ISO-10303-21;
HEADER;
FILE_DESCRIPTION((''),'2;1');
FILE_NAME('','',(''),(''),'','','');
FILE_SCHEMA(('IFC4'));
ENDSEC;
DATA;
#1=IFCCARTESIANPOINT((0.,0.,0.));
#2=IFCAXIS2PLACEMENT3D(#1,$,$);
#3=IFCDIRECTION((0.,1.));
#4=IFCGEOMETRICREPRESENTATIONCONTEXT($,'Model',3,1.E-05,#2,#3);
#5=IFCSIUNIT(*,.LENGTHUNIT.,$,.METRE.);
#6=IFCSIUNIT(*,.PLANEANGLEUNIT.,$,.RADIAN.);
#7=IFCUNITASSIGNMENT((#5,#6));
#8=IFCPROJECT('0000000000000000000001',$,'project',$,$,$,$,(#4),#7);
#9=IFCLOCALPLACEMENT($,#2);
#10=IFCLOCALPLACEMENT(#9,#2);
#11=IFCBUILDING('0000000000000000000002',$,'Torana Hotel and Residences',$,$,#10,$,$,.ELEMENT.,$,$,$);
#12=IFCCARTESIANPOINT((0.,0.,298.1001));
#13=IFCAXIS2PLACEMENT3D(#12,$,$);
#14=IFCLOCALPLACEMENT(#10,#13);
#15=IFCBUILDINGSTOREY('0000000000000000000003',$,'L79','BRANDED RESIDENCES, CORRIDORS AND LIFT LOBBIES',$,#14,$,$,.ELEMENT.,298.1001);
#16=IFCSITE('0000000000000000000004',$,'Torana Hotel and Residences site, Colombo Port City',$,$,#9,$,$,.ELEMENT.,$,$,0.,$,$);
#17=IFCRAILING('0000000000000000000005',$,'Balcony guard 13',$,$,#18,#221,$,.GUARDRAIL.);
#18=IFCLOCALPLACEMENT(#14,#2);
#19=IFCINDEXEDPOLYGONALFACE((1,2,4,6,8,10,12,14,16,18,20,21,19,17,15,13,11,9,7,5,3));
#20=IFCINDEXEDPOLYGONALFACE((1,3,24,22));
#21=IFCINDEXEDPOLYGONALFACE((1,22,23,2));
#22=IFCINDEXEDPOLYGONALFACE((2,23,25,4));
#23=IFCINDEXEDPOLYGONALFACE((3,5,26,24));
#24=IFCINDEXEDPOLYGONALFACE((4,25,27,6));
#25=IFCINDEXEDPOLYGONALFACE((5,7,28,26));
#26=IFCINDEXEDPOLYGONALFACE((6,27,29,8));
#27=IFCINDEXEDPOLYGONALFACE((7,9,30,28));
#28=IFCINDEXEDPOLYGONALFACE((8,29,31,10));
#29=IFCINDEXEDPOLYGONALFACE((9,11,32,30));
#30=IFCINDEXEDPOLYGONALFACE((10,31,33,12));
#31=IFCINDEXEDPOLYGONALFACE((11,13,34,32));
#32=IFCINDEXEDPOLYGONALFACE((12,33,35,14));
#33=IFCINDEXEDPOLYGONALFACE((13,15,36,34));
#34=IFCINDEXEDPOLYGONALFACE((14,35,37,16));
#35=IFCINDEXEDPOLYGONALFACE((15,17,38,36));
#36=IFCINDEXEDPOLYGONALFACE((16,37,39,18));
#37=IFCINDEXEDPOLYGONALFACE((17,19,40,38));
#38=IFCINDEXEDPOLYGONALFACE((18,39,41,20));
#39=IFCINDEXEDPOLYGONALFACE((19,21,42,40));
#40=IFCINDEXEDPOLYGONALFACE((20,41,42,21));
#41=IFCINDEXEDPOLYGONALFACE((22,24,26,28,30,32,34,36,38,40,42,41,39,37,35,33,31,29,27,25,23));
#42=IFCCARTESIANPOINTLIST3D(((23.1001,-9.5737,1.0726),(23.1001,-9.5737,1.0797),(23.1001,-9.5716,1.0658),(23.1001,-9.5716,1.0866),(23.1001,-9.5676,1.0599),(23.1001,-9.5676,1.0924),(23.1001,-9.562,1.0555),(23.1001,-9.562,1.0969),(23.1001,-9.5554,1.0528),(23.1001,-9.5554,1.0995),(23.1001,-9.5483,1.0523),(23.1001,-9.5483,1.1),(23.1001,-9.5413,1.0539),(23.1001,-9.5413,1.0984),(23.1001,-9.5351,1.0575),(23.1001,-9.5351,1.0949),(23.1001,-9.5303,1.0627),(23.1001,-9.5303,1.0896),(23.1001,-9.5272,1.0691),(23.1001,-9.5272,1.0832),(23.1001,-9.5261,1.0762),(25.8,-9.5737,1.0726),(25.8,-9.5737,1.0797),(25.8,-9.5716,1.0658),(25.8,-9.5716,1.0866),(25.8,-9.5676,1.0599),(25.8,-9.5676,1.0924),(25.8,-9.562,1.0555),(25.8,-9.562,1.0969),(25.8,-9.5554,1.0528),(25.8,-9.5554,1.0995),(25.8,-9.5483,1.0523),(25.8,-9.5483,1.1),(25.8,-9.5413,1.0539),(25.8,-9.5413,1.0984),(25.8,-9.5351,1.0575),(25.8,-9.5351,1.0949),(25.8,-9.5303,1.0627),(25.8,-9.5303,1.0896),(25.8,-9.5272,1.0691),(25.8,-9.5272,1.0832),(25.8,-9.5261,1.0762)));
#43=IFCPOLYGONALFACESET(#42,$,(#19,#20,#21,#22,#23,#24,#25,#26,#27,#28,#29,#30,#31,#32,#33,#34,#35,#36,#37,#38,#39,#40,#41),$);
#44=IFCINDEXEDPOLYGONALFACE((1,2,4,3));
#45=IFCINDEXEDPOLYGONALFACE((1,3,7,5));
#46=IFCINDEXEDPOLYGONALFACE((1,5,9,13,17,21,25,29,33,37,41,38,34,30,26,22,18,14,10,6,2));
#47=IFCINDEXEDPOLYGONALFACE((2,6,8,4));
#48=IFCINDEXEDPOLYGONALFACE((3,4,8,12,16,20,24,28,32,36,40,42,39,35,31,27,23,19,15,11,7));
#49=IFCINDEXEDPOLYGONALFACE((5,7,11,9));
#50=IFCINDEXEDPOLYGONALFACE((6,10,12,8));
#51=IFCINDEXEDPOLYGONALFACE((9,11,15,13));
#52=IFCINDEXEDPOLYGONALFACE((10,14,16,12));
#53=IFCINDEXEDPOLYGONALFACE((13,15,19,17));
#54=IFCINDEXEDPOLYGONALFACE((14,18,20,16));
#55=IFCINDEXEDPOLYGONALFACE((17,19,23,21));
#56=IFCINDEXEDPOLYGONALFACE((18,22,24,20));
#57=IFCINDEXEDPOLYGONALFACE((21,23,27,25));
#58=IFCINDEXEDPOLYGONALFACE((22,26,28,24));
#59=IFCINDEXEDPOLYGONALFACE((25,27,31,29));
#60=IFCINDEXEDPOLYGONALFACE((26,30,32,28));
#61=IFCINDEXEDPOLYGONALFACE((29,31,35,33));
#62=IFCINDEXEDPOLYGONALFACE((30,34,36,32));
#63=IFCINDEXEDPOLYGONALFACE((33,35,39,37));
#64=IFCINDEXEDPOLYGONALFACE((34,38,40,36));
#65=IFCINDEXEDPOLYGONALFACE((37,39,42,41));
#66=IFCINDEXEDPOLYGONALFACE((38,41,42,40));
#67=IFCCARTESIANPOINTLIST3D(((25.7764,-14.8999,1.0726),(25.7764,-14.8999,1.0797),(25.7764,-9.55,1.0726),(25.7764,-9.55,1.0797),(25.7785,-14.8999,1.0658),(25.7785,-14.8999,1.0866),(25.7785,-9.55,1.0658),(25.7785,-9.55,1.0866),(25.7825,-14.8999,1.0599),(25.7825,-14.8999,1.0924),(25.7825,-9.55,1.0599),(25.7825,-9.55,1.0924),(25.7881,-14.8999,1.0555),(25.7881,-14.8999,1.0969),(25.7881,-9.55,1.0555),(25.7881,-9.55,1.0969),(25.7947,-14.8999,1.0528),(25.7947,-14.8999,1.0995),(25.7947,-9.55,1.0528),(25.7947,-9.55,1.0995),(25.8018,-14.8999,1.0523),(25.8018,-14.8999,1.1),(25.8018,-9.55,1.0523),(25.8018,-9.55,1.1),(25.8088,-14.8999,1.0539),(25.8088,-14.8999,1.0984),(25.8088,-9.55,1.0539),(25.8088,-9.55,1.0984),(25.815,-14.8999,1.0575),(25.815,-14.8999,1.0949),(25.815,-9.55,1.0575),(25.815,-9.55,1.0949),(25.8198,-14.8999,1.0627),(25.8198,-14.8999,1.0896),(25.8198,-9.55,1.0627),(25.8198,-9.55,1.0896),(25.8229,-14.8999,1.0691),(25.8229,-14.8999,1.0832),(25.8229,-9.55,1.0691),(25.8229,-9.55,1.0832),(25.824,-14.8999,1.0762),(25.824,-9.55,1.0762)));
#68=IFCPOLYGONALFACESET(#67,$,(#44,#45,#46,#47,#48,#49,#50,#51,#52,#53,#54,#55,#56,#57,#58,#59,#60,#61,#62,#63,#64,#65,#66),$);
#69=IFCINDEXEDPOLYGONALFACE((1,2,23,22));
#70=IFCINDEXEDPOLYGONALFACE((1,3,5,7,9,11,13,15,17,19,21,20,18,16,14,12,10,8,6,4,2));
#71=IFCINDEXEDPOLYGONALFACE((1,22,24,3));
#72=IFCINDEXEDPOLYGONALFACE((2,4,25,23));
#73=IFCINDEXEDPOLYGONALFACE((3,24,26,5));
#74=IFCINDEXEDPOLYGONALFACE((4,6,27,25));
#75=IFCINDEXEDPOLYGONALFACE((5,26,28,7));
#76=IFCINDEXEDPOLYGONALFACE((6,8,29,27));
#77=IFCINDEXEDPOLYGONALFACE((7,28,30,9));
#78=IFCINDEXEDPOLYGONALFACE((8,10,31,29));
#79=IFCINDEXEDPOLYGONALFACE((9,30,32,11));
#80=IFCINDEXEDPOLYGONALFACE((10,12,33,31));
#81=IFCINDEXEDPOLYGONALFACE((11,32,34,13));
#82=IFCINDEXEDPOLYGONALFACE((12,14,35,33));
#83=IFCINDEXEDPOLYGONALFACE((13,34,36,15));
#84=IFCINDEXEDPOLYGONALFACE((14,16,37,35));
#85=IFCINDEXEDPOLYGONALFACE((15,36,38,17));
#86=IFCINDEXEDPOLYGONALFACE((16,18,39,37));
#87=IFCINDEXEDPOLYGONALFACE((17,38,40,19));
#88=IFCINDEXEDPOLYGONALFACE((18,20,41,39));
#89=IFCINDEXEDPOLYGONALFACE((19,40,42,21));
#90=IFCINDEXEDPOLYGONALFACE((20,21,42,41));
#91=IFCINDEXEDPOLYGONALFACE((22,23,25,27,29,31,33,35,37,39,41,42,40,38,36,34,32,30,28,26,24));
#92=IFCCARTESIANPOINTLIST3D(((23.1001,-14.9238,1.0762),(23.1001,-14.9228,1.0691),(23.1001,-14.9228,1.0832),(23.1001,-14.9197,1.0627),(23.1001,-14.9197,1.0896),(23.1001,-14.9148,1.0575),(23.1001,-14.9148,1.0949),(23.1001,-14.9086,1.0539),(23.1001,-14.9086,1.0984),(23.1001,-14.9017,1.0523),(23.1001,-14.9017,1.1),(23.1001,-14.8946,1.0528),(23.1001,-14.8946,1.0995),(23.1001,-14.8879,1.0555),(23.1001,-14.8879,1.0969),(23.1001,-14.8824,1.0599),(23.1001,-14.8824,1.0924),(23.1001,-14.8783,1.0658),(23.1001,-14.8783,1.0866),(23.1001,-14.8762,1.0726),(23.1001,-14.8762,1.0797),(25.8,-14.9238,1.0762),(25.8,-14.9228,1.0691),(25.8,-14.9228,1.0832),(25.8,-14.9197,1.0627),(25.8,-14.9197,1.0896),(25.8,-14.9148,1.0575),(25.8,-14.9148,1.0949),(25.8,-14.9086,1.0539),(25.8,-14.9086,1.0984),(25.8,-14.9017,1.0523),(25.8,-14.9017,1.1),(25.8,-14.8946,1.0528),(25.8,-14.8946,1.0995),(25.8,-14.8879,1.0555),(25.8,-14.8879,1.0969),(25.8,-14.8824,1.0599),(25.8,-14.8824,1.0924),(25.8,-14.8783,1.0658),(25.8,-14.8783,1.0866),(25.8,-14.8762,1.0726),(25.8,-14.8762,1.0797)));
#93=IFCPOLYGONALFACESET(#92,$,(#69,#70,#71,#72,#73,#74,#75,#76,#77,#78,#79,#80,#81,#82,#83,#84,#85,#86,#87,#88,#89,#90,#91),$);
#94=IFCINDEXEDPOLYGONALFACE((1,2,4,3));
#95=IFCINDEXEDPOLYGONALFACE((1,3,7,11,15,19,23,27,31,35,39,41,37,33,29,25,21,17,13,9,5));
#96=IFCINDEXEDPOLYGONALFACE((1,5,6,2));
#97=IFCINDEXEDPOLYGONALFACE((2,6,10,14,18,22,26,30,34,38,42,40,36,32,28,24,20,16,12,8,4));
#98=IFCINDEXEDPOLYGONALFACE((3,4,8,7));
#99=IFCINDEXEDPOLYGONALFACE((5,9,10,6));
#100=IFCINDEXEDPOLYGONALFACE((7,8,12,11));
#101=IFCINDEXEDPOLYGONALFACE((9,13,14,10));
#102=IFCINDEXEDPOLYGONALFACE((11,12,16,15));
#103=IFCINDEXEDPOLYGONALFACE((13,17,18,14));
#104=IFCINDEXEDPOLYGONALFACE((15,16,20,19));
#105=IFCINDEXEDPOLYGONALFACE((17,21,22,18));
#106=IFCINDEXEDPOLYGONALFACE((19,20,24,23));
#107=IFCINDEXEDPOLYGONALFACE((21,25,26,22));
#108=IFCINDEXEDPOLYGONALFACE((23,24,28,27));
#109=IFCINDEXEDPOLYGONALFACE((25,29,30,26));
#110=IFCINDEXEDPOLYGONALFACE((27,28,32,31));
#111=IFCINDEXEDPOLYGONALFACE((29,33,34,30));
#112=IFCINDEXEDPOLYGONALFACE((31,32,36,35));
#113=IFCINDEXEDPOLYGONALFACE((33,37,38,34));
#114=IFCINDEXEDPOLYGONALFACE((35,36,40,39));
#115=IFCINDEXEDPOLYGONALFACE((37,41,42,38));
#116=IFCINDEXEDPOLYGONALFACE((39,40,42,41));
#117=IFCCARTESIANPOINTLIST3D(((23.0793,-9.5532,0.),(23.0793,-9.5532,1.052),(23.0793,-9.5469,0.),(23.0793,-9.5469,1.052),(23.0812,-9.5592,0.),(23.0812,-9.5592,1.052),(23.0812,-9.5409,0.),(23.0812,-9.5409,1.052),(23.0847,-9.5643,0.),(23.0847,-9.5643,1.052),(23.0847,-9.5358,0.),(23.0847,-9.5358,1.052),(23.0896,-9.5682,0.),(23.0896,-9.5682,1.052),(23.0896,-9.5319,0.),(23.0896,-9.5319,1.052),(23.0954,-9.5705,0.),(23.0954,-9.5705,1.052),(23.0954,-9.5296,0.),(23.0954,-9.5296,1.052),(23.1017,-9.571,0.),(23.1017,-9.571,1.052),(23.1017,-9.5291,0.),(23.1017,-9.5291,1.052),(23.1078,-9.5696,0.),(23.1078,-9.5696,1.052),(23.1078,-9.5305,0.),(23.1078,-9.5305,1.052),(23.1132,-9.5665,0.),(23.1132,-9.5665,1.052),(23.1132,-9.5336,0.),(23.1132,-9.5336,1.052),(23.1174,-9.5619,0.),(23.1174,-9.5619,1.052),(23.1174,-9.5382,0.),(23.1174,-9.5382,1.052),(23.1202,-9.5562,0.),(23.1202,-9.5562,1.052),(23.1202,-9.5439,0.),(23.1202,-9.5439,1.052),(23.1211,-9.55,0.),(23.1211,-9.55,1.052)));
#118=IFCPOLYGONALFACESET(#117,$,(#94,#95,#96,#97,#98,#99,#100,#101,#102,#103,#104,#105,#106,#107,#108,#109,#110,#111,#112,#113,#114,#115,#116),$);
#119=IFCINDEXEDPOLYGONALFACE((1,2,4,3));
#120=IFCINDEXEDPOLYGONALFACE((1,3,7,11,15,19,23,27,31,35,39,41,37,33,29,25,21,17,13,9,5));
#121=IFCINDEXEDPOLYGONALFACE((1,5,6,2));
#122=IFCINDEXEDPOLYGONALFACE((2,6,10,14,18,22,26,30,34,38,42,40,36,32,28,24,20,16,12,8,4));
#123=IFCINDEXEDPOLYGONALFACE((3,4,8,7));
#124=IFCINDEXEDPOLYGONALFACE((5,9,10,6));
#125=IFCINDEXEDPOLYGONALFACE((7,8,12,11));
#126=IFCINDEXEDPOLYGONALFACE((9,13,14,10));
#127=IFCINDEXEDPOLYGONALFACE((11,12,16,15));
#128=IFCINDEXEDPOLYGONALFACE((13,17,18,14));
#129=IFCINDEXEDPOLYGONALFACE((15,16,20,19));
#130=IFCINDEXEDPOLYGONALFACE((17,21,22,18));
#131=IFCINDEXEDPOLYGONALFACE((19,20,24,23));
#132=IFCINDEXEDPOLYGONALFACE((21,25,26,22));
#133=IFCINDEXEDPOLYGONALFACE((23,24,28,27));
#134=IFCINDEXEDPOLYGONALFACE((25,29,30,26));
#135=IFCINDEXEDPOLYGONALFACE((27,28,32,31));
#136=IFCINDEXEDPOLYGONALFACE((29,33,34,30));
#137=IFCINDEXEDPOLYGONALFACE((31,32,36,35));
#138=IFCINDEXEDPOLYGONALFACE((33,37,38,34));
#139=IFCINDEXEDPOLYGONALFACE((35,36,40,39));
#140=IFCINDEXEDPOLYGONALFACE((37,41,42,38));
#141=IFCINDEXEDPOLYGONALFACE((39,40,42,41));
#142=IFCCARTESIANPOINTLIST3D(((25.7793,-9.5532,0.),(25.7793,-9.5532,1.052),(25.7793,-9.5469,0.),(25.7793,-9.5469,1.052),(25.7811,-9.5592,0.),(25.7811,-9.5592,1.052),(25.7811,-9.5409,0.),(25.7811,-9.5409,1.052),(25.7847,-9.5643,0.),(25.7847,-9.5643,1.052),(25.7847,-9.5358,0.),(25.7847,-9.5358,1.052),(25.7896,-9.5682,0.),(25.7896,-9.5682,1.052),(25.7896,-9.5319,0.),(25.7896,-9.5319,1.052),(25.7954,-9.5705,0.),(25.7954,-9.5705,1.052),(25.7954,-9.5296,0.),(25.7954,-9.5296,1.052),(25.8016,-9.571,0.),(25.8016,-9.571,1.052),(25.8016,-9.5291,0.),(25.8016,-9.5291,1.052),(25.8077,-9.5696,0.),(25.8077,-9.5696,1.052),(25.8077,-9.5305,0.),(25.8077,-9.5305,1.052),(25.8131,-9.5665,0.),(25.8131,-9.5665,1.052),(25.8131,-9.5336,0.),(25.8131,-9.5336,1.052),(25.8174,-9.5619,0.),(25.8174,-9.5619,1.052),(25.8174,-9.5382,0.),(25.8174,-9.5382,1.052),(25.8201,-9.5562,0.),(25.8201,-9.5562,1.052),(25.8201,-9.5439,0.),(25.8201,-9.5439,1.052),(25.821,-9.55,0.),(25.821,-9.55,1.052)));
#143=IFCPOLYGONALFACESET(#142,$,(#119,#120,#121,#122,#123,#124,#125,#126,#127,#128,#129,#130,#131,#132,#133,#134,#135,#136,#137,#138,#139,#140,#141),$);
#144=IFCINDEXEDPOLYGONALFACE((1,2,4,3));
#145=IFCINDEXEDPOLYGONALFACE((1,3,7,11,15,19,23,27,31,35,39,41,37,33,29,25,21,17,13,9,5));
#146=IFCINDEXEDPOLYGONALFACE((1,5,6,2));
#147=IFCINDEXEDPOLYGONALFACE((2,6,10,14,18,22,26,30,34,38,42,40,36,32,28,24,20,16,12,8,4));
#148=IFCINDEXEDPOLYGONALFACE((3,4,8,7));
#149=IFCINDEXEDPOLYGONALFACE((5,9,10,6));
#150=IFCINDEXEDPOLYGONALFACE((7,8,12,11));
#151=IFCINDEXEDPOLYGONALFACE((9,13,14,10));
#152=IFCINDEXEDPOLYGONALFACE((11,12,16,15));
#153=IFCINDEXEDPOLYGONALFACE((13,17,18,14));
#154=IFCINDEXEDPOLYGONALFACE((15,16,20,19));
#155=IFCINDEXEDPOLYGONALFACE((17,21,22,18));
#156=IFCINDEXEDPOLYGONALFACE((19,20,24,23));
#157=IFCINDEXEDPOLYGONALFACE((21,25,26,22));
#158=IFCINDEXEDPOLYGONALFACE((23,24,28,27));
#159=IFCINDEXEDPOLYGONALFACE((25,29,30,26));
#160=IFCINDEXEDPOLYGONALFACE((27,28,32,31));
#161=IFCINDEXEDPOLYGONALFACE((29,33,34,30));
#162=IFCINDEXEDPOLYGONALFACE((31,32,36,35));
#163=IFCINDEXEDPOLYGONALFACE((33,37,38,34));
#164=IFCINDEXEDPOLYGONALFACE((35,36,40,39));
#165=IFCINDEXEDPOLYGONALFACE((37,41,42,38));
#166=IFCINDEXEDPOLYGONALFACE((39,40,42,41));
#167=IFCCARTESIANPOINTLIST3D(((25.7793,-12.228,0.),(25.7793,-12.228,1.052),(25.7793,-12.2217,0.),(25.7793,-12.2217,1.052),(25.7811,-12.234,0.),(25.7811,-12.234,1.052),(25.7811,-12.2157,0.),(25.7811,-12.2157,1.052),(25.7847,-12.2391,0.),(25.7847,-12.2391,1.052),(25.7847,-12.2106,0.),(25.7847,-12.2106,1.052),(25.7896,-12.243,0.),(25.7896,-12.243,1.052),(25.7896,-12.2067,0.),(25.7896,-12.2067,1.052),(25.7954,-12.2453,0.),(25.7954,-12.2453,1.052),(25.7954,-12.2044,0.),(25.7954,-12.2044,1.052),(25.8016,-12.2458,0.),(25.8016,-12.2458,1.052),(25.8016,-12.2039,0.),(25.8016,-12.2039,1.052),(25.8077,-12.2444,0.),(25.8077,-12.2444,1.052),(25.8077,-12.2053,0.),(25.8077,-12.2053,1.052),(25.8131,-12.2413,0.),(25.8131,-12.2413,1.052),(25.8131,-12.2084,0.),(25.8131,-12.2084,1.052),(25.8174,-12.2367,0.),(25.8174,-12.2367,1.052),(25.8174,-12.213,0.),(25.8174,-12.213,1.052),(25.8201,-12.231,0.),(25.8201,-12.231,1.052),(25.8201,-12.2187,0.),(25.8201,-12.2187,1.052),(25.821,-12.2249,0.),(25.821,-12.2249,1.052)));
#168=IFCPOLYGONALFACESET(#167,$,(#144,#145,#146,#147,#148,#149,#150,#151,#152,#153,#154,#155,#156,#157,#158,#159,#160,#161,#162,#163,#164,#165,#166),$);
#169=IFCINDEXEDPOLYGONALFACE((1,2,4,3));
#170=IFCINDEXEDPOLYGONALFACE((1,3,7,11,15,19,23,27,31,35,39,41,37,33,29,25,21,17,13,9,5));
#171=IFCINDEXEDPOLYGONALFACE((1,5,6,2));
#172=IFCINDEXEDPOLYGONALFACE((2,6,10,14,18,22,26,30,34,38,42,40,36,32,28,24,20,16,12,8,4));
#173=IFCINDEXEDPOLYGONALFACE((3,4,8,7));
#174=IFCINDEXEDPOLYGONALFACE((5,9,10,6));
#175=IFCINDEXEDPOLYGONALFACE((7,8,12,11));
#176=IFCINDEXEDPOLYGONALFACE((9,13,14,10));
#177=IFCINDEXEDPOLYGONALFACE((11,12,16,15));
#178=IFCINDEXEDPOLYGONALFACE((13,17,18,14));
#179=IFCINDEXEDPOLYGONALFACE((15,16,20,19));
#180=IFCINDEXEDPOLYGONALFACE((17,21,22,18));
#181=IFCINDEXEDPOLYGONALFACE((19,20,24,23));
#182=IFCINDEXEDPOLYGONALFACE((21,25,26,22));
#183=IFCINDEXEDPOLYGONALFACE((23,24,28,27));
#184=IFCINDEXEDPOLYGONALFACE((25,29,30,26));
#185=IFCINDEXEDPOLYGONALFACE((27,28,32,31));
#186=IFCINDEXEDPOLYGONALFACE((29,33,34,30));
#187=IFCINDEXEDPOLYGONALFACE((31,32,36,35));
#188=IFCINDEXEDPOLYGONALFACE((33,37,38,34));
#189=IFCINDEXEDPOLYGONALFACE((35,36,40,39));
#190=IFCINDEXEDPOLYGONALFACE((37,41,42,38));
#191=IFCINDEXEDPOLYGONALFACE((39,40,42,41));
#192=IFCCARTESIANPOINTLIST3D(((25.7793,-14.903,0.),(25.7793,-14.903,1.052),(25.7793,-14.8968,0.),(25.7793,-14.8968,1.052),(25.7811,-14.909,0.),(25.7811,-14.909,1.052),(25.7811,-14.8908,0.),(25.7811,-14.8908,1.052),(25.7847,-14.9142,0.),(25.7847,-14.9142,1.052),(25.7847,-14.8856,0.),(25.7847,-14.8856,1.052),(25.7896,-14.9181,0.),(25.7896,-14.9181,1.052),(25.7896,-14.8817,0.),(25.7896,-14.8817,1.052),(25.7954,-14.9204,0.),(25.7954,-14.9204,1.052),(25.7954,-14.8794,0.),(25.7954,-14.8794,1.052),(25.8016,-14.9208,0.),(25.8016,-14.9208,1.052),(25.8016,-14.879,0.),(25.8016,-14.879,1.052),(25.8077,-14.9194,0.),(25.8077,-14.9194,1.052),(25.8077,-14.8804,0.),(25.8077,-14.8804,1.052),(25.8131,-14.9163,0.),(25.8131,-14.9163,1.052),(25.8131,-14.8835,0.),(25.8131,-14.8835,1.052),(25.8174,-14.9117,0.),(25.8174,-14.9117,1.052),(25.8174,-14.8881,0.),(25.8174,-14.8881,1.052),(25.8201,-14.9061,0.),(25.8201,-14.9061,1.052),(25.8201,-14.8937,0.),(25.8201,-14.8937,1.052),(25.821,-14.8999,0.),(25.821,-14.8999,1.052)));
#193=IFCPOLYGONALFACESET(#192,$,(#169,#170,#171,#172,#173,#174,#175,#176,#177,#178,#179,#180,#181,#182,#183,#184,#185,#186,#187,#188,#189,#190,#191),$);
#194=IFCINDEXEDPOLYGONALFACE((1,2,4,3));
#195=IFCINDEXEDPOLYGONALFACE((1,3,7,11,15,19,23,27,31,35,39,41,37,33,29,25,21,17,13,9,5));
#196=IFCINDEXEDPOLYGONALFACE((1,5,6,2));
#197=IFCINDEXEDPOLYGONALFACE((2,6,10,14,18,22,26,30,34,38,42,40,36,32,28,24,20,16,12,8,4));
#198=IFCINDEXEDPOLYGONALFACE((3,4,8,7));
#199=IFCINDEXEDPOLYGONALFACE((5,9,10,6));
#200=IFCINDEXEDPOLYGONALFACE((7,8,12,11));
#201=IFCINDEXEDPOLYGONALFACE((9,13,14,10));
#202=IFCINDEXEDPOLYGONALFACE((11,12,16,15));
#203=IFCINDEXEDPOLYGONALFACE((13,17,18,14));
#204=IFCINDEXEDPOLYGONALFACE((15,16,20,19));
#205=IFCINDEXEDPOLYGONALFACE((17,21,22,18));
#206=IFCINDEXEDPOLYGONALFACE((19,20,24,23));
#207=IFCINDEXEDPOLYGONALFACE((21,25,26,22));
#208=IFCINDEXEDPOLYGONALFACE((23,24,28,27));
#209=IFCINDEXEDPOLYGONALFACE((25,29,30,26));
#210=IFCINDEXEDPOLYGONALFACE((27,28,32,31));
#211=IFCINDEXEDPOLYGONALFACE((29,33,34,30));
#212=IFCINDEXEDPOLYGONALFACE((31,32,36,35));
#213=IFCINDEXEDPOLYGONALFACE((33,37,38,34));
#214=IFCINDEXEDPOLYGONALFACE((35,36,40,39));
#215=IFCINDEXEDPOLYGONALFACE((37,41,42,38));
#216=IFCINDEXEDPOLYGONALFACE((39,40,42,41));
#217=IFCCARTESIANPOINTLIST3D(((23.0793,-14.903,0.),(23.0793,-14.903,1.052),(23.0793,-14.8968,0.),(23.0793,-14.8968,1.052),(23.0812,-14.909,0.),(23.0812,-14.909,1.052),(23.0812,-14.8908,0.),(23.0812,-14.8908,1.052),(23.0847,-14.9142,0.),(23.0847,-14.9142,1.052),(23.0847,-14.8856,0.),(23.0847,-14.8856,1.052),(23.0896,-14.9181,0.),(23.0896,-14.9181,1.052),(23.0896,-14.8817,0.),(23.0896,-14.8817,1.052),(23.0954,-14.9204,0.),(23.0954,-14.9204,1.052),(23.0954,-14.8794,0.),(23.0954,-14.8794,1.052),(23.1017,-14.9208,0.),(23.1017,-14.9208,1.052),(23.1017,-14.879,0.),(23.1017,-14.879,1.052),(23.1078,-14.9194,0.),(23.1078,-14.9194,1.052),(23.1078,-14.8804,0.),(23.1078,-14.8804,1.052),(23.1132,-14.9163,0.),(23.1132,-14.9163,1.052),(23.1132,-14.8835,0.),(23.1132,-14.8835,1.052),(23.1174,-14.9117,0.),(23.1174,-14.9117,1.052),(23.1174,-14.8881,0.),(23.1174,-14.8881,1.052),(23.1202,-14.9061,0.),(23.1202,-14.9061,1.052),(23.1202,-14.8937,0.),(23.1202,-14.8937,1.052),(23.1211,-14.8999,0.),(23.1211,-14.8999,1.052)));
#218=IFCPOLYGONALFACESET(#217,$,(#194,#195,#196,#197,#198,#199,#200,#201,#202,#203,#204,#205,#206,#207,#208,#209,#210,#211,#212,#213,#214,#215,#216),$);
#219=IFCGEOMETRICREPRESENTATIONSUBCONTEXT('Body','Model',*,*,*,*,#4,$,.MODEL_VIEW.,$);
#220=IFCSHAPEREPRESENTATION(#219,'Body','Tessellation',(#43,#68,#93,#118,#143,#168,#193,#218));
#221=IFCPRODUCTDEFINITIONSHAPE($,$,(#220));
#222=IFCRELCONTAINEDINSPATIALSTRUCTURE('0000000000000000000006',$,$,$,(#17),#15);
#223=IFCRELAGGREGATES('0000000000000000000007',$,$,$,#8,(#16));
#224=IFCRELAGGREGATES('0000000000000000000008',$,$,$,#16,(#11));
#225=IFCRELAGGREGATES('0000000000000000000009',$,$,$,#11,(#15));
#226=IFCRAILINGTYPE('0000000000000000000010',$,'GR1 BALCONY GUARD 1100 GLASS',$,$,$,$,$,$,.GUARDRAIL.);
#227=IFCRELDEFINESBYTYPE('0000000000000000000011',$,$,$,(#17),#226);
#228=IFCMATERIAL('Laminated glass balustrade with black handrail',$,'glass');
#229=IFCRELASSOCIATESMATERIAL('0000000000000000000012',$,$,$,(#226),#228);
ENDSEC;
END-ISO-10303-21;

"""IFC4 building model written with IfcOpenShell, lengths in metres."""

from ifc_helpers import new_model, si_unit, direction, frame, origin, origin_2d, place, context, subcontext, project, spatial, circle, extrude, material, type_object, element, save


model = new_model("IFC4")

# Units and contexts
model_context = context("Model", 3, precision=1e-05, world=origin(), true_north=direction((0.0, 1.0)))
body_context = subcontext(model_context, "Body", "Model", "MODEL_VIEW")
ifc_project = project(units=[si_unit("LENGTHUNIT", "METRE"), si_unit("PLANEANGLEUNIT", "RADIAN")], contexts=[model_context])

# Site, building, storey
site_placement = place(None, origin())
site = spatial("IfcSite", under=ifc_project, at=site_placement, Name="Torana Hotel and Residences site, Colombo Port City", CompositionType="ELEMENT", RefElevation=0.0)
building_placement = place(site_placement, origin())
building = spatial("IfcBuilding", under=site, at=building_placement, Name="Torana Hotel and Residences", CompositionType="ELEMENT")
storey_placement = place(building_placement, frame((0.0, 0.0, 298.1001)))
storey = spatial("IfcBuildingStorey", under=building, at=storey_placement, Name="L79", Description="BRANDED RESIDENCES, CORRIDORS AND LIFT LOBBIES", CompositionType="ELEMENT", Elevation=298.1001)

# Railing
ifc_material_1 = material(Name="Laminated glass balustrade with black handrail", Category="glass")
railing_type_1 = type_object("IfcRailingType", Name="GR1 BALCONY GUARD 1100 GLASS", PredefinedType="GUARDRAIL", material=ifc_material_1)
railing_1_placement = place(storey_placement, frame((23.1001, -9.55, 0.0)))
element("IfcRailing", 1, at=railing_1_placement, inside=storey, type_object=railing_type_1, Name="Balcony guard 13", PredefinedType="GUARDRAIL", context=body_context, shape_type="SweptSolid", body=[
    extrude(circle(Radius=0.0239, at=origin_2d()), frame((0.0, 0.0, 1.0762), z_axis=(1.0, 0.0, 0.0), x_axis=(0.0, 1.0, 0.0)), (0.0, 0.0, 1.0), 2.7),
    extrude(circle(Radius=0.0239, at=origin_2d()), frame((2.7, 0.0, 1.0762), z_axis=(0.0, -1.0, 0.0), x_axis=(1.0, 0.0, 0.0)), (0.0, 0.0, 1.0), 5.3499),
    extrude(circle(Radius=0.0239, at=origin_2d()), frame((2.7, -5.3499, 1.0762), z_axis=(-1.0, 0.0, 0.0), x_axis=(0.0, -1.0, 0.0)), (0.0, 0.0, 1.0), 2.7),
    extrude(circle(Radius=0.021, at=origin_2d()), origin(), (0.0, 0.0, 1.0), 1.052),
    extrude(circle(Radius=0.021, at=origin_2d()), frame((2.7, 0.0, 0.0)), (0.0, 0.0, 1.0), 1.052),
    extrude(circle(Radius=0.021, at=origin_2d()), frame((2.7, -2.6748, 0.0)), (0.0, 0.0, 1.0), 1.052),
    extrude(circle(Radius=0.021, at=origin_2d()), frame((2.7, -5.3499, 0.0)), (0.0, 0.0, 1.0), 1.052),
    extrude(circle(Radius=0.021, at=origin_2d()), frame((0.0, -5.3499, 0.0)), (0.0, 0.0, 1.0), 1.052),
])

save(model, "model.ifc")
